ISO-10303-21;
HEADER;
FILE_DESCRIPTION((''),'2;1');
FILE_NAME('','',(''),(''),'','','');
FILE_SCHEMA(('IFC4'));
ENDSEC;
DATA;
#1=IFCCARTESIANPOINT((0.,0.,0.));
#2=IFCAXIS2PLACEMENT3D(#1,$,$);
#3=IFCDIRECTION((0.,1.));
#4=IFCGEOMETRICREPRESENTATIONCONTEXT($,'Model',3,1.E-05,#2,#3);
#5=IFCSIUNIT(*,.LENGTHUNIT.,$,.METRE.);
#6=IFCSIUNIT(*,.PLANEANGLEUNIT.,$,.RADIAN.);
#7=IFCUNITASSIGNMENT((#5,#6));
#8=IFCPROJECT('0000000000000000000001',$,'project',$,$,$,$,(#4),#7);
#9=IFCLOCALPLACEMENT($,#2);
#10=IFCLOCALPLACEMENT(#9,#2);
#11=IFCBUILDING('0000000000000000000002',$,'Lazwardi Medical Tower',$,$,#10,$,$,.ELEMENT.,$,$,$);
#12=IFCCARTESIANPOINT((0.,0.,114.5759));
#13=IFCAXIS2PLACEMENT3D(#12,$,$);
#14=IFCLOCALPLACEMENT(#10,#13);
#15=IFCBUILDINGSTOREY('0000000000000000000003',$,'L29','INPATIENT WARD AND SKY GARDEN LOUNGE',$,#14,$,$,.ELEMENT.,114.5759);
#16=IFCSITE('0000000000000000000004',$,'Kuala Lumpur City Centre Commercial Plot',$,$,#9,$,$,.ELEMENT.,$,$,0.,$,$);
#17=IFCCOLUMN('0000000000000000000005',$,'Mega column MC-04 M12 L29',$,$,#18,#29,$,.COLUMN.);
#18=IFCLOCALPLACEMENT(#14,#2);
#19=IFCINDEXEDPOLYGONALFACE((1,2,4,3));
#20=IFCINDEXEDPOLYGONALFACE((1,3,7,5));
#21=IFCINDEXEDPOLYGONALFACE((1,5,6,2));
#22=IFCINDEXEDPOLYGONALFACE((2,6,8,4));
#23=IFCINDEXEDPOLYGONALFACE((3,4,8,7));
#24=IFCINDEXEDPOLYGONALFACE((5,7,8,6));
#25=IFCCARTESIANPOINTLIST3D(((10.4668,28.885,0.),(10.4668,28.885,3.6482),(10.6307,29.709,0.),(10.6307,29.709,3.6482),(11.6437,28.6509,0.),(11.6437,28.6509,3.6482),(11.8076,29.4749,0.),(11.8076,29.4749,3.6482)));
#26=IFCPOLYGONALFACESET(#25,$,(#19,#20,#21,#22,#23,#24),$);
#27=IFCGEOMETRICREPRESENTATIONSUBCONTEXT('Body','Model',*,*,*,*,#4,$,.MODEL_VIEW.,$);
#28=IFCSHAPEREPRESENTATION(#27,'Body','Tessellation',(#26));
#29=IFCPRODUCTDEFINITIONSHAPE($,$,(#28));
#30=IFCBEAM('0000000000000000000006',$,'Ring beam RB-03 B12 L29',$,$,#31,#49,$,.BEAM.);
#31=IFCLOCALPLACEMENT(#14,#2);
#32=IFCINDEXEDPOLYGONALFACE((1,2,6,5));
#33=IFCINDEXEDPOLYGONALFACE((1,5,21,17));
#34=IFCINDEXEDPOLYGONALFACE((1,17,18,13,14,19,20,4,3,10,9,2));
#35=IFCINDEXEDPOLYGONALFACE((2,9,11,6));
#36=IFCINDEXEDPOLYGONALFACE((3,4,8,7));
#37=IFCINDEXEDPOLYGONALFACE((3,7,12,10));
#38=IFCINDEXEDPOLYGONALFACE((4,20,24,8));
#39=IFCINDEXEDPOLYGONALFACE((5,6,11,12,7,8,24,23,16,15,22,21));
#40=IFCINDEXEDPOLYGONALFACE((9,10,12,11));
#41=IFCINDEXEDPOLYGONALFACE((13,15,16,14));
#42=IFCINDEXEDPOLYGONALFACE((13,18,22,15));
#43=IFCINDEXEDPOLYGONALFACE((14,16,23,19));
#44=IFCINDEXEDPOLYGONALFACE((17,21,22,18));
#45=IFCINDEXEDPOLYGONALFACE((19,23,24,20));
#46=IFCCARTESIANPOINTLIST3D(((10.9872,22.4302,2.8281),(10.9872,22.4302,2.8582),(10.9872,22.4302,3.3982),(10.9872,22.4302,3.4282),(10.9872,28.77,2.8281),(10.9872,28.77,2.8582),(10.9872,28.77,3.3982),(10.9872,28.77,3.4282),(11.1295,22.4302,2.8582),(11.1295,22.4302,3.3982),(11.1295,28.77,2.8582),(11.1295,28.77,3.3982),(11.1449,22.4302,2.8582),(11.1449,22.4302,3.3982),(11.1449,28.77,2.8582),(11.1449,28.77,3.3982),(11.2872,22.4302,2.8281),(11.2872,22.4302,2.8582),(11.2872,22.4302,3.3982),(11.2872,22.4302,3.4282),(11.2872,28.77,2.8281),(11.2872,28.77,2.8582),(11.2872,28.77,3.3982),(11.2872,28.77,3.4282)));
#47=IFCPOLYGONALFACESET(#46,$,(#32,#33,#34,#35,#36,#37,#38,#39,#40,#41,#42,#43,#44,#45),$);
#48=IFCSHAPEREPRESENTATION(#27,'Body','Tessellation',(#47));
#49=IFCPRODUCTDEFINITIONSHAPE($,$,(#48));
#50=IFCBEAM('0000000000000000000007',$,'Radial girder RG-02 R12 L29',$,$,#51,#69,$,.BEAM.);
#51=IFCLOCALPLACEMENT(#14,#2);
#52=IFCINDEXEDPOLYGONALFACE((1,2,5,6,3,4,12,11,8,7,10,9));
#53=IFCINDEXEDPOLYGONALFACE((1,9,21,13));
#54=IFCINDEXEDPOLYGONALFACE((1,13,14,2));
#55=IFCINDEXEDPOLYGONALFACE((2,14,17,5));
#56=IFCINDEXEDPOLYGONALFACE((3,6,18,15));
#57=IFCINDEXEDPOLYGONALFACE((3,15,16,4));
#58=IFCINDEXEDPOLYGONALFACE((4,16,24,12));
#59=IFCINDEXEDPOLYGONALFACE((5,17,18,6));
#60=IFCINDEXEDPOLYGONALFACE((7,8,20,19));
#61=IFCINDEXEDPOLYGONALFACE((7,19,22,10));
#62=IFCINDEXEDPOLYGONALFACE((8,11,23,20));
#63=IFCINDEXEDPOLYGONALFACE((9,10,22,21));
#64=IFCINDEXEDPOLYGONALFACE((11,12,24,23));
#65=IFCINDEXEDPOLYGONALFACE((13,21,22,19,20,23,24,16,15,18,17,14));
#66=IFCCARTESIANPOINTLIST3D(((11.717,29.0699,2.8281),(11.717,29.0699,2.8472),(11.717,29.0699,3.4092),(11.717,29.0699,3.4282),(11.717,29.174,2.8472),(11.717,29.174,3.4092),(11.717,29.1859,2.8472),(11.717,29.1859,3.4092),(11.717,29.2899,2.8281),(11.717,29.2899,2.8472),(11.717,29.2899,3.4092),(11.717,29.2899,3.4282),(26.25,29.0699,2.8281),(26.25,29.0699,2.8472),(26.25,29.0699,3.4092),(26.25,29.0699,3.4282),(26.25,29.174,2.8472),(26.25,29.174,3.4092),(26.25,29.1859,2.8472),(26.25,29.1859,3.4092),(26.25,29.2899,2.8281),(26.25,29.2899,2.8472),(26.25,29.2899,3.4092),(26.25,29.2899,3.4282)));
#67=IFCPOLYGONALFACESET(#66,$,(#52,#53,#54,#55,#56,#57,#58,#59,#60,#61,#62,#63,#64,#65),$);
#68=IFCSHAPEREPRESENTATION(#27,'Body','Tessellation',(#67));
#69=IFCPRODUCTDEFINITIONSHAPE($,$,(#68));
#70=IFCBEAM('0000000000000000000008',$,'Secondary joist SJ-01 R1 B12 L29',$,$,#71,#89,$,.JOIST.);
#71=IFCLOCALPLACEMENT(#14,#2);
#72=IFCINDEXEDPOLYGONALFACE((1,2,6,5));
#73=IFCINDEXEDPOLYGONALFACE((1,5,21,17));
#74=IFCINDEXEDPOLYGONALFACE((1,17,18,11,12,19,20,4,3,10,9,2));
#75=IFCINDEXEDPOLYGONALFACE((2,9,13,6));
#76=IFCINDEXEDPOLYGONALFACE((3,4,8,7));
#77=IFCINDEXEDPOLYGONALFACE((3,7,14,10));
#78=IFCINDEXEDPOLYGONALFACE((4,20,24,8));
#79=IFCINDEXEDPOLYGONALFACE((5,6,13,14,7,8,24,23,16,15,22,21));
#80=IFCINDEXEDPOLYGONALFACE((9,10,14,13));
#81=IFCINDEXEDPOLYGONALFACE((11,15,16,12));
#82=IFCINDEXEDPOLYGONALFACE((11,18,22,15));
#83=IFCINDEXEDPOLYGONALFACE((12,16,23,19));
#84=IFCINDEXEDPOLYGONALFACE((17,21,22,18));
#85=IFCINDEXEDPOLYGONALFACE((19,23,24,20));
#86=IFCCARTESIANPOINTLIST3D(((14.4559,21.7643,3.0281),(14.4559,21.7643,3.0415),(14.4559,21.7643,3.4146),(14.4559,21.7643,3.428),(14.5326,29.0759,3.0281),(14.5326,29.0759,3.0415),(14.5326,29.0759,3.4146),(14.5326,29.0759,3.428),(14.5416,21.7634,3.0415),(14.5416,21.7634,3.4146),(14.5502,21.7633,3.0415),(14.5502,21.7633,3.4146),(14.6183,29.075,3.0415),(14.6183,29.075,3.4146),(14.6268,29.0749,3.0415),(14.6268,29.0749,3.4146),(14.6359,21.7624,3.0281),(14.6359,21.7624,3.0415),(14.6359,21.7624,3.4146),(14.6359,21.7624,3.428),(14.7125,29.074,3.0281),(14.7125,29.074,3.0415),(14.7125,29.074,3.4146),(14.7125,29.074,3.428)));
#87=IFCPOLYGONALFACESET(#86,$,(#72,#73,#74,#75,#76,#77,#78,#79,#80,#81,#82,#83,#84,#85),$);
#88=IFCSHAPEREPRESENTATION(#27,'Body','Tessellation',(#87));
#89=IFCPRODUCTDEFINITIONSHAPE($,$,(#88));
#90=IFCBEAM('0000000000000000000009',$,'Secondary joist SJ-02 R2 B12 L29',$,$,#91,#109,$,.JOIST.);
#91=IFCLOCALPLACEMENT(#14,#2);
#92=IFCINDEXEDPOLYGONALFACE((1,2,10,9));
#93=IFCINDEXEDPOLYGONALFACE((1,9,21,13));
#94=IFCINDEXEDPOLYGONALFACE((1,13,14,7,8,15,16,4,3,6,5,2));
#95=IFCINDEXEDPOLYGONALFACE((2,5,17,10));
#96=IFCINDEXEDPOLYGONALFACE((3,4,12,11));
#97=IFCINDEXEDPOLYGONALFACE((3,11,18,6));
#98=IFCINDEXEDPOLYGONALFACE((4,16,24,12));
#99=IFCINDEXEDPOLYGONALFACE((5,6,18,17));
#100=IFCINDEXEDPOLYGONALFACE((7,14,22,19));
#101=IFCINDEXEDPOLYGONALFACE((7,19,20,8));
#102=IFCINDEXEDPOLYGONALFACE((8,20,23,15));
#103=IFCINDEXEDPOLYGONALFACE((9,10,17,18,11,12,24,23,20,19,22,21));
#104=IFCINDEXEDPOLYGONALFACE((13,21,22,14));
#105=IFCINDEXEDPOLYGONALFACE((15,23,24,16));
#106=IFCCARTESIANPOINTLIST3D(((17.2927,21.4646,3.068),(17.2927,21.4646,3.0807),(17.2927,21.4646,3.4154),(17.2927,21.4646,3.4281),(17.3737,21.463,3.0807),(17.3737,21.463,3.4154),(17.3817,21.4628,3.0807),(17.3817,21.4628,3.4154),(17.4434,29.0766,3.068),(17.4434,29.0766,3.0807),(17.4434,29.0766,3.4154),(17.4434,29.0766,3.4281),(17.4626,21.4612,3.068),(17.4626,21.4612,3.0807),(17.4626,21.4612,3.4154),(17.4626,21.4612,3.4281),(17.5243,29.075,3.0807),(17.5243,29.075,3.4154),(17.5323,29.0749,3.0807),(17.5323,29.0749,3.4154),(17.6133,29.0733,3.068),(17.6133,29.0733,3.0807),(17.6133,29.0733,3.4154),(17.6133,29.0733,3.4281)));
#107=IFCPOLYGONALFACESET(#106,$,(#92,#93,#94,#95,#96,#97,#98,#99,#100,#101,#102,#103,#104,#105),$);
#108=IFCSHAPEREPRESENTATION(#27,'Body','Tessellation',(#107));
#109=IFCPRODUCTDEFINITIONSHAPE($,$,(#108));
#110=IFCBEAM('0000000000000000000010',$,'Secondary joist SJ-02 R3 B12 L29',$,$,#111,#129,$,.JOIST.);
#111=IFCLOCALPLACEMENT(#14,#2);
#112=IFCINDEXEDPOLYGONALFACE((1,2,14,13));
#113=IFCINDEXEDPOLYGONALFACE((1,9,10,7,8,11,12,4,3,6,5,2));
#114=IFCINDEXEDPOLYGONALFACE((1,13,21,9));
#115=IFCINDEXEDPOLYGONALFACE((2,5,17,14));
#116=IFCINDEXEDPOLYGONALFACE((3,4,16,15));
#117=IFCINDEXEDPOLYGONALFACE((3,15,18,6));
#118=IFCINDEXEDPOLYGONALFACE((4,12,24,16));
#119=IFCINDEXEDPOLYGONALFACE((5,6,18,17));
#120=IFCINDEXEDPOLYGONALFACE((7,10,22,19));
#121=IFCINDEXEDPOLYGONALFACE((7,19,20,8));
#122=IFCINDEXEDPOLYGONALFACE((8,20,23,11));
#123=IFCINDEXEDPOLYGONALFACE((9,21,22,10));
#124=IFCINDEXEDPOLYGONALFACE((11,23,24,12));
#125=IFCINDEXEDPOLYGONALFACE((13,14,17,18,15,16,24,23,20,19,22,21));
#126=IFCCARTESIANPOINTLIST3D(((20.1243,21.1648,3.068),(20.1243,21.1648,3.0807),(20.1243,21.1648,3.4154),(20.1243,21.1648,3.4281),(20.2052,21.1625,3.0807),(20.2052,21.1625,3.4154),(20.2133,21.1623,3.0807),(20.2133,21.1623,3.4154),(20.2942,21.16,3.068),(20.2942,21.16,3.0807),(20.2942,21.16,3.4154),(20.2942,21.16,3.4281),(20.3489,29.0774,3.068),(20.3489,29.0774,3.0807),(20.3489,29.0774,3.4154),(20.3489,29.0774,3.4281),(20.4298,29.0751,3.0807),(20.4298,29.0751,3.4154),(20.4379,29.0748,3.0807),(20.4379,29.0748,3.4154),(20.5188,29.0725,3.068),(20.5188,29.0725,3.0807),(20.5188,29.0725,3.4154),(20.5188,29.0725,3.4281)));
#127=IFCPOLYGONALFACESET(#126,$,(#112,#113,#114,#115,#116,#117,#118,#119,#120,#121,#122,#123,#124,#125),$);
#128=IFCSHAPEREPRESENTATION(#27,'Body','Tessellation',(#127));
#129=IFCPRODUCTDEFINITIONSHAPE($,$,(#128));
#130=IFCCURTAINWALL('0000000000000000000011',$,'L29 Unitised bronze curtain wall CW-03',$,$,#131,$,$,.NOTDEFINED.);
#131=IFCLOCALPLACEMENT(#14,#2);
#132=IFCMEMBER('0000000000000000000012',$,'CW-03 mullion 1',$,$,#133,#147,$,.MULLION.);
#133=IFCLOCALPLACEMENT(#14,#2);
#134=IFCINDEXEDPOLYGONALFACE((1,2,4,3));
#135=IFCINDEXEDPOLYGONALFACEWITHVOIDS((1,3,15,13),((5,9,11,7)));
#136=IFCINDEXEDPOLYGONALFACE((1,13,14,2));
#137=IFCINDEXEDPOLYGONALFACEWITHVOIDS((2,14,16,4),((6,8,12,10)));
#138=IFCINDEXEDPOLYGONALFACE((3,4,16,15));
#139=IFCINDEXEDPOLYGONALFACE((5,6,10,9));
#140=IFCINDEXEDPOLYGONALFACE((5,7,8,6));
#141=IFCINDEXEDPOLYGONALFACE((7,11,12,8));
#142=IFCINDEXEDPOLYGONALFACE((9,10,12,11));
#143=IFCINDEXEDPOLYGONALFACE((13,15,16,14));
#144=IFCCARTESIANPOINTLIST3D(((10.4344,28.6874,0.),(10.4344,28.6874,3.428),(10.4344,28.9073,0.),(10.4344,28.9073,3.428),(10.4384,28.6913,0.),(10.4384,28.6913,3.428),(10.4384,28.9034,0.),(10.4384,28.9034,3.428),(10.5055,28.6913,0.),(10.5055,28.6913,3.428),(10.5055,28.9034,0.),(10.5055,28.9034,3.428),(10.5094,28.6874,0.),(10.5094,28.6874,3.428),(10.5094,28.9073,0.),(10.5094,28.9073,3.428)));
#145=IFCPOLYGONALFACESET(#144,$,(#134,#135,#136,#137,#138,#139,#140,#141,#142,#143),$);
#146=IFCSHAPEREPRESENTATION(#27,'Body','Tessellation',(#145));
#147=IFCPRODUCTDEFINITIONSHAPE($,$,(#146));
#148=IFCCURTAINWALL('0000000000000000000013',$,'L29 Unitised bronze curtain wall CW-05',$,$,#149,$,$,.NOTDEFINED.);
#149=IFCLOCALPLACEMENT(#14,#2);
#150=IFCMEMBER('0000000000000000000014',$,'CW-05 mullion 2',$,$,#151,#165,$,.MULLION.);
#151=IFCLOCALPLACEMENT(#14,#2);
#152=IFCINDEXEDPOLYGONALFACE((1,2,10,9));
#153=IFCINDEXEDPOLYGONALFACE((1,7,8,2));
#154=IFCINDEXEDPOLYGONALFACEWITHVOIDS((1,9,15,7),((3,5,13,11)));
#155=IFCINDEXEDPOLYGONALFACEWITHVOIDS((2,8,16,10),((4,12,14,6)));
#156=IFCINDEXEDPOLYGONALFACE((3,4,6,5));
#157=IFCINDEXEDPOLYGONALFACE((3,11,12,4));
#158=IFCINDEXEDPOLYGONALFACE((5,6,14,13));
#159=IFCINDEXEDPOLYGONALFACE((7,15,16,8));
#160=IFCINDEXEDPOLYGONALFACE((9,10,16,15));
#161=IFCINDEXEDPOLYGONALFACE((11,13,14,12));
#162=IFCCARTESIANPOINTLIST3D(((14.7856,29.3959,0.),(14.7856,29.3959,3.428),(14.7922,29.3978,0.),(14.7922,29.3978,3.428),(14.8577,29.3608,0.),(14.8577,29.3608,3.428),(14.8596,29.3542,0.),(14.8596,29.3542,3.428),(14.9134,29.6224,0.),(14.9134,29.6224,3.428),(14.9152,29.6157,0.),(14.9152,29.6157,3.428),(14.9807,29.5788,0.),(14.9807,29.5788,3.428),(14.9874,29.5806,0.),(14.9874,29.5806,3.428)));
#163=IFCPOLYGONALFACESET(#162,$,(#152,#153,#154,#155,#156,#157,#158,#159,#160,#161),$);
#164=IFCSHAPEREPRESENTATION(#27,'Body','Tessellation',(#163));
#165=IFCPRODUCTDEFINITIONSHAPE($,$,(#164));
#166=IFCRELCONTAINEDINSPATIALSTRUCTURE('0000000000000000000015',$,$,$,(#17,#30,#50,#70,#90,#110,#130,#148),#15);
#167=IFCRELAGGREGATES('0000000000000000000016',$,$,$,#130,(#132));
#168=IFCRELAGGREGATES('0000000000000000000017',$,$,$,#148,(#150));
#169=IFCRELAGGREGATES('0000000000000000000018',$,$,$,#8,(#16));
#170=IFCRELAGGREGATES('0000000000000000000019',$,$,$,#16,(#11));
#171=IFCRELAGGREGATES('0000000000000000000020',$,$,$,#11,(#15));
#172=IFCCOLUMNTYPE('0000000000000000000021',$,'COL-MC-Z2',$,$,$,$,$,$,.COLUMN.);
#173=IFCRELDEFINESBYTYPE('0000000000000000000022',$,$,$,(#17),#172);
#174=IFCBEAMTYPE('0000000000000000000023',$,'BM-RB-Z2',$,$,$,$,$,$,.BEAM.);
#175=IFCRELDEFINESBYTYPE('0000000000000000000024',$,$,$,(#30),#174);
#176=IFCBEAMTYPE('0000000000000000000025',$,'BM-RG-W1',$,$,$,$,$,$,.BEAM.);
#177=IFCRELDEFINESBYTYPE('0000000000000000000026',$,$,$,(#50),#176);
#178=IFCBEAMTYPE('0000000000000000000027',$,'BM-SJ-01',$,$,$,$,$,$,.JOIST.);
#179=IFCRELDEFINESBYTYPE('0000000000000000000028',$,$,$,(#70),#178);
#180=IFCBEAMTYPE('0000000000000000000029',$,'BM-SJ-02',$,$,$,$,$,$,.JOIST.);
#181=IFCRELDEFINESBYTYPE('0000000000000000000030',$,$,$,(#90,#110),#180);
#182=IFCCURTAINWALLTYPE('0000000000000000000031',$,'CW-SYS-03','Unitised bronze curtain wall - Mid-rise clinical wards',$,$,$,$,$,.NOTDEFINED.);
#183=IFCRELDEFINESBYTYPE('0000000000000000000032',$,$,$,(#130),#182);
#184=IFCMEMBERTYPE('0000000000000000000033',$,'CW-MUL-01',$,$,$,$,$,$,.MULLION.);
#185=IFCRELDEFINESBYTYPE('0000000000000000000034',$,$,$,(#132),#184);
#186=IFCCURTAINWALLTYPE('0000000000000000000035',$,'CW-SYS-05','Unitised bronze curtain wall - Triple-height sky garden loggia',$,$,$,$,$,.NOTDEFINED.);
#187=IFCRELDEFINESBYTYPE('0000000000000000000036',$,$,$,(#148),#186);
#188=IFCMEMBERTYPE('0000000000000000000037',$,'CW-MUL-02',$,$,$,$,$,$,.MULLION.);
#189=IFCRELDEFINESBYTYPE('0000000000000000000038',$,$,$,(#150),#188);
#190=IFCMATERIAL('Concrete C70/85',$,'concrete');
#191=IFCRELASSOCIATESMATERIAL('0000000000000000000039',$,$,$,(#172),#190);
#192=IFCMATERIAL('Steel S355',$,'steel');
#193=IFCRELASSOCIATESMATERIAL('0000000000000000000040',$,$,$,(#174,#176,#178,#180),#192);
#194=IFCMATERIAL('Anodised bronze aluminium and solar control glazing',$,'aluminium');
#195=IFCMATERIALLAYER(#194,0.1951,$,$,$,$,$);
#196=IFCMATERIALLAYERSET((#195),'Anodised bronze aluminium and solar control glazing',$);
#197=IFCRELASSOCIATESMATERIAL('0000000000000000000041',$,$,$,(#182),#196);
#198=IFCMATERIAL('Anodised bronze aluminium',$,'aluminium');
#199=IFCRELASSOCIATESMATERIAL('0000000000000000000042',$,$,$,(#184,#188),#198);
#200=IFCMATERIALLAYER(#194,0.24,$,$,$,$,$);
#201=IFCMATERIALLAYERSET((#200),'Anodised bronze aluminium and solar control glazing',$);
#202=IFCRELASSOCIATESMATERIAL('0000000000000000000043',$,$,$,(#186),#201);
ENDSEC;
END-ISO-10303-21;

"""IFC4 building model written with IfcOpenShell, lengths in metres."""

from ifc_helpers import new_model, si_unit, direction, frame, origin, origin_2d, place, context, subcontext, project, spatial, rectangle, hollow_rectangle, i_section, extrude, material, layer, layer_set, material_profile, profile_set, type_object, element, aggregate, save


model = new_model("IFC4")

# Units and contexts
model_context = context("Model", 3, precision=1e-05, world=origin(), true_north=direction((0.0, 1.0)))
body_context = subcontext(model_context, "Body", "Model", "MODEL_VIEW")
ifc_project = project(units=[si_unit("LENGTHUNIT", "METRE"), si_unit("PLANEANGLEUNIT", "RADIAN")], contexts=[model_context])

# Site, building, storey
site_placement = place(None, origin())
site = spatial("IfcSite", under=ifc_project, at=site_placement, Name="Kuala Lumpur City Centre Commercial Plot", CompositionType="ELEMENT", RefElevation=0.0)
building_placement = place(site_placement, origin())
building = spatial("IfcBuilding", under=site, at=building_placement, Name="Lazwardi Medical Tower", CompositionType="ELEMENT")
storey_placement = place(building_placement, frame((0.0, 0.0, 114.5759)))
storey = spatial("IfcBuildingStorey", under=building, at=storey_placement, Name="L29", Description="INPATIENT WARD AND SKY GARDEN LOUNGE", CompositionType="ELEMENT", Elevation=114.5759)

# Column
ifc_material_1 = material(Name="Concrete C70/85", Category="concrete")
ifc_material_profile_1 = material_profile(ifc_material_1, rectangle(XDim=1.2, YDim=0.8401, at=origin_2d()), Name="CFT-RECT 1200x840")
ifc_profile_set_1 = profile_set([ifc_material_profile_1], Name="Concrete C70/85")
column_type = type_object("IfcColumnType", Name="COL-MC-Z2", PredefinedType="COLUMN", material=ifc_profile_set_1)
column_placement = place(storey_placement, frame((11.1372, 29.1799, 0.0), z_axis=(0.0, 0.0, 1.0), x_axis=(-0.980785, 0.19509, 0.0)))
element("IfcColumn", 1, at=column_placement, inside=storey, type_object=column_type, Name="Mega column MC-04 M12 L29", PredefinedType="COLUMN", context=body_context, shape_type="SweptSolid", body=[
    extrude(rectangle(XDim=1.2, YDim=0.8401, at=origin_2d()), origin(), (0.0, 0.0, 1.0), 3.6482),
])

# Beams
ifc_material_2 = material(Name="Steel S355", Category="steel")
ifc_material_profile_2 = material_profile(ifc_material_2, i_section(OverallWidth=0.3, OverallDepth=0.6001, WebThickness=0.0154, FlangeThickness=0.03, at=origin_2d()), Name="HEB 600")
ifc_profile_set_2 = profile_set([ifc_material_profile_2], Name="Steel S355")
beam_type_1 = type_object("IfcBeamType", Name="BM-RB-Z2", PredefinedType="BEAM", material=ifc_profile_set_2)
beam_1_placement = place(storey_placement, frame((11.1372, 28.77, 3.1282), z_axis=(0.0, -1.0, 0.0), x_axis=(1.0, 0.0, 0.0)))
element("IfcBeam", 2, at=beam_1_placement, inside=storey, type_object=beam_type_1, Name="Ring beam RB-03 B12 L29", PredefinedType="BEAM", context=body_context, shape_type="SweptSolid", body=[
    extrude(i_section(OverallWidth=0.3, OverallDepth=0.6001, WebThickness=0.0154, FlangeThickness=0.03, at=origin_2d()), origin(), (0.0, 0.0, 1.0), 6.3398),
])
ifc_material_profile_3 = material_profile(ifc_material_2, i_section(OverallWidth=0.22, OverallDepth=0.6001, WebThickness=0.012, FlangeThickness=0.019, at=origin_2d()), Name="IPE 600")
ifc_profile_set_3 = profile_set([ifc_material_profile_3], Name="Steel S355")
beam_type_2 = type_object("IfcBeamType", Name="BM-RG-W1", PredefinedType="BEAM", material=ifc_profile_set_3)
beam_2_placement = place(storey_placement, frame((11.717, 29.1799, 3.1282), z_axis=(1.0, 0.0, 0.0), x_axis=(0.0, 1.0, 0.0)))
element("IfcBeam", 3, at=beam_2_placement, inside=storey, type_object=beam_type_2, Name="Radial girder RG-02 R12 L29", PredefinedType="BEAM", context=body_context, shape_type="SweptSolid", body=[
    extrude(i_section(OverallWidth=0.22, OverallDepth=0.6001, WebThickness=0.012, FlangeThickness=0.019, at=origin_2d()), origin(), (0.0, 0.0, 1.0), 14.533),
])
ifc_material_profile_4 = material_profile(ifc_material_2, i_section(OverallWidth=0.1799, OverallDepth=0.3999, WebThickness=0.0085, FlangeThickness=0.0134, at=origin_2d()), Name="IPE 400")
ifc_profile_set_4 = profile_set([ifc_material_profile_4], Name="Steel S355")
beam_type_3 = type_object("IfcBeamType", Name="BM-SJ-01", PredefinedType="JOIST", material=ifc_profile_set_4)
beam_3_placement = place(storey_placement, frame((14.6226, 29.075, 3.228), z_axis=(-0.010484, -0.999945, 0.0), x_axis=(0.999945, -0.010484, 0.0)))
element("IfcBeam", 4, at=beam_3_placement, inside=storey, type_object=beam_type_3, Name="Secondary joist SJ-01 R1 B12 L29", PredefinedType="JOIST", context=body_context, shape_type="SweptSolid", body=[
    extrude(i_section(OverallWidth=0.1799, OverallDepth=0.3999, WebThickness=0.0085, FlangeThickness=0.0134, at=origin_2d()), origin(), (0.0, 0.0, 1.0), 7.312),
])
ifc_material_profile_5 = material_profile(ifc_material_2, i_section(OverallWidth=0.1699, OverallDepth=0.3601, WebThickness=0.0081, FlangeThickness=0.0127, at=origin_2d()), Name="IPE 360")
ifc_profile_set_5 = profile_set([ifc_material_profile_5], Name="Steel S355")
beam_type_4 = type_object("IfcBeamType", Name="BM-SJ-02", PredefinedType="JOIST", material=ifc_profile_set_5)
beam_4_placement = place(storey_placement, frame((17.5283, 29.075, 3.248), z_axis=(-0.019785, -0.999804, 0.0), x_axis=(0.999804, -0.019785, 0.0)))
element("IfcBeam", 5, at=beam_4_placement, inside=storey, type_object=beam_type_4, Name="Secondary joist SJ-02 R2 B12 L29", PredefinedType="JOIST", context=body_context, shape_type="SweptSolid", body=[
    extrude(i_section(OverallWidth=0.1699, OverallDepth=0.3601, WebThickness=0.0081, FlangeThickness=0.0127, at=origin_2d()), origin(), (0.0, 0.0, 1.0), 7.6135),
])
beam_5_placement = place(storey_placement, frame((20.4338, 29.075, 3.248), z_axis=(-0.028375, -0.999597, 0.0), x_axis=(0.999597, -0.028375, 0.0)))
element("IfcBeam", 6, at=beam_5_placement, inside=storey, type_object=beam_type_4, Name="Secondary joist SJ-02 R3 B12 L29", PredefinedType="JOIST", context=body_context, shape_type="SweptSolid", body=[
    extrude(i_section(OverallWidth=0.1699, OverallDepth=0.3601, WebThickness=0.0081, FlangeThickness=0.0127, at=origin_2d()), origin(), (0.0, 0.0, 1.0), 7.9158),
])

# Curtain walls, members
ifc_material_3 = material(Name="Anodised bronze aluminium and solar control glazing", Category="aluminium")
ifc_layer_1 = layer(ifc_material_3, 0.1951)
ifc_layer_set_1 = layer_set([ifc_layer_1], Name="Anodised bronze aluminium and solar control glazing")
curtain_wall_type_1 = type_object("IfcCurtainWallType", Name="CW-SYS-03", Description="Unitised bronze curtain wall - Mid-rise clinical wards", PredefinedType="NOTDEFINED", material=ifc_layer_set_1)
curtain_wall_1_placement = place(storey_placement, origin())
curtain_wall_1 = element("IfcCurtainWall", 7, at=curtain_wall_1_placement, inside=storey, type_object=curtain_wall_type_1, Name="L29 Unitised bronze curtain wall CW-03", PredefinedType="NOTDEFINED")
ifc_material_4 = material(Name="Anodised bronze aluminium", Category="aluminium")
ifc_material_profile_6 = material_profile(ifc_material_4, hollow_rectangle(XDim=0.075, YDim=0.22, WallThickness=0.0039, at=origin_2d()), Name="ALU-MULLION 220x75x4")
ifc_profile_set_6 = profile_set([ifc_material_profile_6], Name="Anodised bronze aluminium")
member_type_1 = type_object("IfcMemberType", Name="CW-MUL-01", PredefinedType="MULLION", material=ifc_profile_set_6)
member_1_placement = place(storey_placement, frame((10.4719, 28.7974, 0.0), z_axis=(0.0, 0.0, 1.0), x_axis=(1.0, 0.0, 0.0)))
member_1 = element("IfcMember", 8, at=member_1_placement, type_object=member_type_1, Name="CW-03 mullion 1", PredefinedType="MULLION", context=body_context, shape_type="SweptSolid", body=[
    extrude(hollow_rectangle(XDim=0.075, YDim=0.22, WallThickness=0.0039, at=origin_2d()), origin(), (0.0, 0.0, 1.0), 3.428),
])
ifc_layer_2 = layer(ifc_material_3, 0.24)
ifc_layer_set_2 = layer_set([ifc_layer_2], Name="Anodised bronze aluminium and solar control glazing")
curtain_wall_type_2 = type_object("IfcCurtainWallType", Name="CW-SYS-05", Description="Unitised bronze curtain wall - Triple-height sky garden loggia", PredefinedType="NOTDEFINED", material=ifc_layer_set_2)
curtain_wall_2_placement = place(storey_placement, origin())
curtain_wall_2 = element("IfcCurtainWall", 9, at=curtain_wall_2_placement, inside=storey, type_object=curtain_wall_type_2, Name="L29 Unitised bronze curtain wall CW-05", PredefinedType="NOTDEFINED")
ifc_material_profile_7 = material_profile(ifc_material_4, hollow_rectangle(XDim=0.085, YDim=0.26, WallThickness=0.0049, at=origin_2d()), Name="ALU-MULLION 260x85x5")
ifc_profile_set_7 = profile_set([ifc_material_profile_7], Name="Anodised bronze aluminium")
member_type_2 = type_object("IfcMemberType", Name="CW-MUL-02", PredefinedType="MULLION", material=ifc_profile_set_7)
member_2_placement = place(storey_placement, frame((14.8865, 29.4883, 0.0), z_axis=(0.0, 0.0, 1.0), x_axis=(0.870846, -0.491556, 0.0)))
member_2 = element("IfcMember", 10, at=member_2_placement, type_object=member_type_2, Name="CW-05 mullion 2", PredefinedType="MULLION", context=body_context, shape_type="SweptSolid", body=[
    extrude(hollow_rectangle(XDim=0.085, YDim=0.26, WallThickness=0.0049, at=origin_2d()), origin(), (0.0, 0.0, 1.0), 3.428),
])

aggregate(curtain_wall_1, [member_1])
aggregate(curtain_wall_2, [member_2])

save(model, "model.ifc")
